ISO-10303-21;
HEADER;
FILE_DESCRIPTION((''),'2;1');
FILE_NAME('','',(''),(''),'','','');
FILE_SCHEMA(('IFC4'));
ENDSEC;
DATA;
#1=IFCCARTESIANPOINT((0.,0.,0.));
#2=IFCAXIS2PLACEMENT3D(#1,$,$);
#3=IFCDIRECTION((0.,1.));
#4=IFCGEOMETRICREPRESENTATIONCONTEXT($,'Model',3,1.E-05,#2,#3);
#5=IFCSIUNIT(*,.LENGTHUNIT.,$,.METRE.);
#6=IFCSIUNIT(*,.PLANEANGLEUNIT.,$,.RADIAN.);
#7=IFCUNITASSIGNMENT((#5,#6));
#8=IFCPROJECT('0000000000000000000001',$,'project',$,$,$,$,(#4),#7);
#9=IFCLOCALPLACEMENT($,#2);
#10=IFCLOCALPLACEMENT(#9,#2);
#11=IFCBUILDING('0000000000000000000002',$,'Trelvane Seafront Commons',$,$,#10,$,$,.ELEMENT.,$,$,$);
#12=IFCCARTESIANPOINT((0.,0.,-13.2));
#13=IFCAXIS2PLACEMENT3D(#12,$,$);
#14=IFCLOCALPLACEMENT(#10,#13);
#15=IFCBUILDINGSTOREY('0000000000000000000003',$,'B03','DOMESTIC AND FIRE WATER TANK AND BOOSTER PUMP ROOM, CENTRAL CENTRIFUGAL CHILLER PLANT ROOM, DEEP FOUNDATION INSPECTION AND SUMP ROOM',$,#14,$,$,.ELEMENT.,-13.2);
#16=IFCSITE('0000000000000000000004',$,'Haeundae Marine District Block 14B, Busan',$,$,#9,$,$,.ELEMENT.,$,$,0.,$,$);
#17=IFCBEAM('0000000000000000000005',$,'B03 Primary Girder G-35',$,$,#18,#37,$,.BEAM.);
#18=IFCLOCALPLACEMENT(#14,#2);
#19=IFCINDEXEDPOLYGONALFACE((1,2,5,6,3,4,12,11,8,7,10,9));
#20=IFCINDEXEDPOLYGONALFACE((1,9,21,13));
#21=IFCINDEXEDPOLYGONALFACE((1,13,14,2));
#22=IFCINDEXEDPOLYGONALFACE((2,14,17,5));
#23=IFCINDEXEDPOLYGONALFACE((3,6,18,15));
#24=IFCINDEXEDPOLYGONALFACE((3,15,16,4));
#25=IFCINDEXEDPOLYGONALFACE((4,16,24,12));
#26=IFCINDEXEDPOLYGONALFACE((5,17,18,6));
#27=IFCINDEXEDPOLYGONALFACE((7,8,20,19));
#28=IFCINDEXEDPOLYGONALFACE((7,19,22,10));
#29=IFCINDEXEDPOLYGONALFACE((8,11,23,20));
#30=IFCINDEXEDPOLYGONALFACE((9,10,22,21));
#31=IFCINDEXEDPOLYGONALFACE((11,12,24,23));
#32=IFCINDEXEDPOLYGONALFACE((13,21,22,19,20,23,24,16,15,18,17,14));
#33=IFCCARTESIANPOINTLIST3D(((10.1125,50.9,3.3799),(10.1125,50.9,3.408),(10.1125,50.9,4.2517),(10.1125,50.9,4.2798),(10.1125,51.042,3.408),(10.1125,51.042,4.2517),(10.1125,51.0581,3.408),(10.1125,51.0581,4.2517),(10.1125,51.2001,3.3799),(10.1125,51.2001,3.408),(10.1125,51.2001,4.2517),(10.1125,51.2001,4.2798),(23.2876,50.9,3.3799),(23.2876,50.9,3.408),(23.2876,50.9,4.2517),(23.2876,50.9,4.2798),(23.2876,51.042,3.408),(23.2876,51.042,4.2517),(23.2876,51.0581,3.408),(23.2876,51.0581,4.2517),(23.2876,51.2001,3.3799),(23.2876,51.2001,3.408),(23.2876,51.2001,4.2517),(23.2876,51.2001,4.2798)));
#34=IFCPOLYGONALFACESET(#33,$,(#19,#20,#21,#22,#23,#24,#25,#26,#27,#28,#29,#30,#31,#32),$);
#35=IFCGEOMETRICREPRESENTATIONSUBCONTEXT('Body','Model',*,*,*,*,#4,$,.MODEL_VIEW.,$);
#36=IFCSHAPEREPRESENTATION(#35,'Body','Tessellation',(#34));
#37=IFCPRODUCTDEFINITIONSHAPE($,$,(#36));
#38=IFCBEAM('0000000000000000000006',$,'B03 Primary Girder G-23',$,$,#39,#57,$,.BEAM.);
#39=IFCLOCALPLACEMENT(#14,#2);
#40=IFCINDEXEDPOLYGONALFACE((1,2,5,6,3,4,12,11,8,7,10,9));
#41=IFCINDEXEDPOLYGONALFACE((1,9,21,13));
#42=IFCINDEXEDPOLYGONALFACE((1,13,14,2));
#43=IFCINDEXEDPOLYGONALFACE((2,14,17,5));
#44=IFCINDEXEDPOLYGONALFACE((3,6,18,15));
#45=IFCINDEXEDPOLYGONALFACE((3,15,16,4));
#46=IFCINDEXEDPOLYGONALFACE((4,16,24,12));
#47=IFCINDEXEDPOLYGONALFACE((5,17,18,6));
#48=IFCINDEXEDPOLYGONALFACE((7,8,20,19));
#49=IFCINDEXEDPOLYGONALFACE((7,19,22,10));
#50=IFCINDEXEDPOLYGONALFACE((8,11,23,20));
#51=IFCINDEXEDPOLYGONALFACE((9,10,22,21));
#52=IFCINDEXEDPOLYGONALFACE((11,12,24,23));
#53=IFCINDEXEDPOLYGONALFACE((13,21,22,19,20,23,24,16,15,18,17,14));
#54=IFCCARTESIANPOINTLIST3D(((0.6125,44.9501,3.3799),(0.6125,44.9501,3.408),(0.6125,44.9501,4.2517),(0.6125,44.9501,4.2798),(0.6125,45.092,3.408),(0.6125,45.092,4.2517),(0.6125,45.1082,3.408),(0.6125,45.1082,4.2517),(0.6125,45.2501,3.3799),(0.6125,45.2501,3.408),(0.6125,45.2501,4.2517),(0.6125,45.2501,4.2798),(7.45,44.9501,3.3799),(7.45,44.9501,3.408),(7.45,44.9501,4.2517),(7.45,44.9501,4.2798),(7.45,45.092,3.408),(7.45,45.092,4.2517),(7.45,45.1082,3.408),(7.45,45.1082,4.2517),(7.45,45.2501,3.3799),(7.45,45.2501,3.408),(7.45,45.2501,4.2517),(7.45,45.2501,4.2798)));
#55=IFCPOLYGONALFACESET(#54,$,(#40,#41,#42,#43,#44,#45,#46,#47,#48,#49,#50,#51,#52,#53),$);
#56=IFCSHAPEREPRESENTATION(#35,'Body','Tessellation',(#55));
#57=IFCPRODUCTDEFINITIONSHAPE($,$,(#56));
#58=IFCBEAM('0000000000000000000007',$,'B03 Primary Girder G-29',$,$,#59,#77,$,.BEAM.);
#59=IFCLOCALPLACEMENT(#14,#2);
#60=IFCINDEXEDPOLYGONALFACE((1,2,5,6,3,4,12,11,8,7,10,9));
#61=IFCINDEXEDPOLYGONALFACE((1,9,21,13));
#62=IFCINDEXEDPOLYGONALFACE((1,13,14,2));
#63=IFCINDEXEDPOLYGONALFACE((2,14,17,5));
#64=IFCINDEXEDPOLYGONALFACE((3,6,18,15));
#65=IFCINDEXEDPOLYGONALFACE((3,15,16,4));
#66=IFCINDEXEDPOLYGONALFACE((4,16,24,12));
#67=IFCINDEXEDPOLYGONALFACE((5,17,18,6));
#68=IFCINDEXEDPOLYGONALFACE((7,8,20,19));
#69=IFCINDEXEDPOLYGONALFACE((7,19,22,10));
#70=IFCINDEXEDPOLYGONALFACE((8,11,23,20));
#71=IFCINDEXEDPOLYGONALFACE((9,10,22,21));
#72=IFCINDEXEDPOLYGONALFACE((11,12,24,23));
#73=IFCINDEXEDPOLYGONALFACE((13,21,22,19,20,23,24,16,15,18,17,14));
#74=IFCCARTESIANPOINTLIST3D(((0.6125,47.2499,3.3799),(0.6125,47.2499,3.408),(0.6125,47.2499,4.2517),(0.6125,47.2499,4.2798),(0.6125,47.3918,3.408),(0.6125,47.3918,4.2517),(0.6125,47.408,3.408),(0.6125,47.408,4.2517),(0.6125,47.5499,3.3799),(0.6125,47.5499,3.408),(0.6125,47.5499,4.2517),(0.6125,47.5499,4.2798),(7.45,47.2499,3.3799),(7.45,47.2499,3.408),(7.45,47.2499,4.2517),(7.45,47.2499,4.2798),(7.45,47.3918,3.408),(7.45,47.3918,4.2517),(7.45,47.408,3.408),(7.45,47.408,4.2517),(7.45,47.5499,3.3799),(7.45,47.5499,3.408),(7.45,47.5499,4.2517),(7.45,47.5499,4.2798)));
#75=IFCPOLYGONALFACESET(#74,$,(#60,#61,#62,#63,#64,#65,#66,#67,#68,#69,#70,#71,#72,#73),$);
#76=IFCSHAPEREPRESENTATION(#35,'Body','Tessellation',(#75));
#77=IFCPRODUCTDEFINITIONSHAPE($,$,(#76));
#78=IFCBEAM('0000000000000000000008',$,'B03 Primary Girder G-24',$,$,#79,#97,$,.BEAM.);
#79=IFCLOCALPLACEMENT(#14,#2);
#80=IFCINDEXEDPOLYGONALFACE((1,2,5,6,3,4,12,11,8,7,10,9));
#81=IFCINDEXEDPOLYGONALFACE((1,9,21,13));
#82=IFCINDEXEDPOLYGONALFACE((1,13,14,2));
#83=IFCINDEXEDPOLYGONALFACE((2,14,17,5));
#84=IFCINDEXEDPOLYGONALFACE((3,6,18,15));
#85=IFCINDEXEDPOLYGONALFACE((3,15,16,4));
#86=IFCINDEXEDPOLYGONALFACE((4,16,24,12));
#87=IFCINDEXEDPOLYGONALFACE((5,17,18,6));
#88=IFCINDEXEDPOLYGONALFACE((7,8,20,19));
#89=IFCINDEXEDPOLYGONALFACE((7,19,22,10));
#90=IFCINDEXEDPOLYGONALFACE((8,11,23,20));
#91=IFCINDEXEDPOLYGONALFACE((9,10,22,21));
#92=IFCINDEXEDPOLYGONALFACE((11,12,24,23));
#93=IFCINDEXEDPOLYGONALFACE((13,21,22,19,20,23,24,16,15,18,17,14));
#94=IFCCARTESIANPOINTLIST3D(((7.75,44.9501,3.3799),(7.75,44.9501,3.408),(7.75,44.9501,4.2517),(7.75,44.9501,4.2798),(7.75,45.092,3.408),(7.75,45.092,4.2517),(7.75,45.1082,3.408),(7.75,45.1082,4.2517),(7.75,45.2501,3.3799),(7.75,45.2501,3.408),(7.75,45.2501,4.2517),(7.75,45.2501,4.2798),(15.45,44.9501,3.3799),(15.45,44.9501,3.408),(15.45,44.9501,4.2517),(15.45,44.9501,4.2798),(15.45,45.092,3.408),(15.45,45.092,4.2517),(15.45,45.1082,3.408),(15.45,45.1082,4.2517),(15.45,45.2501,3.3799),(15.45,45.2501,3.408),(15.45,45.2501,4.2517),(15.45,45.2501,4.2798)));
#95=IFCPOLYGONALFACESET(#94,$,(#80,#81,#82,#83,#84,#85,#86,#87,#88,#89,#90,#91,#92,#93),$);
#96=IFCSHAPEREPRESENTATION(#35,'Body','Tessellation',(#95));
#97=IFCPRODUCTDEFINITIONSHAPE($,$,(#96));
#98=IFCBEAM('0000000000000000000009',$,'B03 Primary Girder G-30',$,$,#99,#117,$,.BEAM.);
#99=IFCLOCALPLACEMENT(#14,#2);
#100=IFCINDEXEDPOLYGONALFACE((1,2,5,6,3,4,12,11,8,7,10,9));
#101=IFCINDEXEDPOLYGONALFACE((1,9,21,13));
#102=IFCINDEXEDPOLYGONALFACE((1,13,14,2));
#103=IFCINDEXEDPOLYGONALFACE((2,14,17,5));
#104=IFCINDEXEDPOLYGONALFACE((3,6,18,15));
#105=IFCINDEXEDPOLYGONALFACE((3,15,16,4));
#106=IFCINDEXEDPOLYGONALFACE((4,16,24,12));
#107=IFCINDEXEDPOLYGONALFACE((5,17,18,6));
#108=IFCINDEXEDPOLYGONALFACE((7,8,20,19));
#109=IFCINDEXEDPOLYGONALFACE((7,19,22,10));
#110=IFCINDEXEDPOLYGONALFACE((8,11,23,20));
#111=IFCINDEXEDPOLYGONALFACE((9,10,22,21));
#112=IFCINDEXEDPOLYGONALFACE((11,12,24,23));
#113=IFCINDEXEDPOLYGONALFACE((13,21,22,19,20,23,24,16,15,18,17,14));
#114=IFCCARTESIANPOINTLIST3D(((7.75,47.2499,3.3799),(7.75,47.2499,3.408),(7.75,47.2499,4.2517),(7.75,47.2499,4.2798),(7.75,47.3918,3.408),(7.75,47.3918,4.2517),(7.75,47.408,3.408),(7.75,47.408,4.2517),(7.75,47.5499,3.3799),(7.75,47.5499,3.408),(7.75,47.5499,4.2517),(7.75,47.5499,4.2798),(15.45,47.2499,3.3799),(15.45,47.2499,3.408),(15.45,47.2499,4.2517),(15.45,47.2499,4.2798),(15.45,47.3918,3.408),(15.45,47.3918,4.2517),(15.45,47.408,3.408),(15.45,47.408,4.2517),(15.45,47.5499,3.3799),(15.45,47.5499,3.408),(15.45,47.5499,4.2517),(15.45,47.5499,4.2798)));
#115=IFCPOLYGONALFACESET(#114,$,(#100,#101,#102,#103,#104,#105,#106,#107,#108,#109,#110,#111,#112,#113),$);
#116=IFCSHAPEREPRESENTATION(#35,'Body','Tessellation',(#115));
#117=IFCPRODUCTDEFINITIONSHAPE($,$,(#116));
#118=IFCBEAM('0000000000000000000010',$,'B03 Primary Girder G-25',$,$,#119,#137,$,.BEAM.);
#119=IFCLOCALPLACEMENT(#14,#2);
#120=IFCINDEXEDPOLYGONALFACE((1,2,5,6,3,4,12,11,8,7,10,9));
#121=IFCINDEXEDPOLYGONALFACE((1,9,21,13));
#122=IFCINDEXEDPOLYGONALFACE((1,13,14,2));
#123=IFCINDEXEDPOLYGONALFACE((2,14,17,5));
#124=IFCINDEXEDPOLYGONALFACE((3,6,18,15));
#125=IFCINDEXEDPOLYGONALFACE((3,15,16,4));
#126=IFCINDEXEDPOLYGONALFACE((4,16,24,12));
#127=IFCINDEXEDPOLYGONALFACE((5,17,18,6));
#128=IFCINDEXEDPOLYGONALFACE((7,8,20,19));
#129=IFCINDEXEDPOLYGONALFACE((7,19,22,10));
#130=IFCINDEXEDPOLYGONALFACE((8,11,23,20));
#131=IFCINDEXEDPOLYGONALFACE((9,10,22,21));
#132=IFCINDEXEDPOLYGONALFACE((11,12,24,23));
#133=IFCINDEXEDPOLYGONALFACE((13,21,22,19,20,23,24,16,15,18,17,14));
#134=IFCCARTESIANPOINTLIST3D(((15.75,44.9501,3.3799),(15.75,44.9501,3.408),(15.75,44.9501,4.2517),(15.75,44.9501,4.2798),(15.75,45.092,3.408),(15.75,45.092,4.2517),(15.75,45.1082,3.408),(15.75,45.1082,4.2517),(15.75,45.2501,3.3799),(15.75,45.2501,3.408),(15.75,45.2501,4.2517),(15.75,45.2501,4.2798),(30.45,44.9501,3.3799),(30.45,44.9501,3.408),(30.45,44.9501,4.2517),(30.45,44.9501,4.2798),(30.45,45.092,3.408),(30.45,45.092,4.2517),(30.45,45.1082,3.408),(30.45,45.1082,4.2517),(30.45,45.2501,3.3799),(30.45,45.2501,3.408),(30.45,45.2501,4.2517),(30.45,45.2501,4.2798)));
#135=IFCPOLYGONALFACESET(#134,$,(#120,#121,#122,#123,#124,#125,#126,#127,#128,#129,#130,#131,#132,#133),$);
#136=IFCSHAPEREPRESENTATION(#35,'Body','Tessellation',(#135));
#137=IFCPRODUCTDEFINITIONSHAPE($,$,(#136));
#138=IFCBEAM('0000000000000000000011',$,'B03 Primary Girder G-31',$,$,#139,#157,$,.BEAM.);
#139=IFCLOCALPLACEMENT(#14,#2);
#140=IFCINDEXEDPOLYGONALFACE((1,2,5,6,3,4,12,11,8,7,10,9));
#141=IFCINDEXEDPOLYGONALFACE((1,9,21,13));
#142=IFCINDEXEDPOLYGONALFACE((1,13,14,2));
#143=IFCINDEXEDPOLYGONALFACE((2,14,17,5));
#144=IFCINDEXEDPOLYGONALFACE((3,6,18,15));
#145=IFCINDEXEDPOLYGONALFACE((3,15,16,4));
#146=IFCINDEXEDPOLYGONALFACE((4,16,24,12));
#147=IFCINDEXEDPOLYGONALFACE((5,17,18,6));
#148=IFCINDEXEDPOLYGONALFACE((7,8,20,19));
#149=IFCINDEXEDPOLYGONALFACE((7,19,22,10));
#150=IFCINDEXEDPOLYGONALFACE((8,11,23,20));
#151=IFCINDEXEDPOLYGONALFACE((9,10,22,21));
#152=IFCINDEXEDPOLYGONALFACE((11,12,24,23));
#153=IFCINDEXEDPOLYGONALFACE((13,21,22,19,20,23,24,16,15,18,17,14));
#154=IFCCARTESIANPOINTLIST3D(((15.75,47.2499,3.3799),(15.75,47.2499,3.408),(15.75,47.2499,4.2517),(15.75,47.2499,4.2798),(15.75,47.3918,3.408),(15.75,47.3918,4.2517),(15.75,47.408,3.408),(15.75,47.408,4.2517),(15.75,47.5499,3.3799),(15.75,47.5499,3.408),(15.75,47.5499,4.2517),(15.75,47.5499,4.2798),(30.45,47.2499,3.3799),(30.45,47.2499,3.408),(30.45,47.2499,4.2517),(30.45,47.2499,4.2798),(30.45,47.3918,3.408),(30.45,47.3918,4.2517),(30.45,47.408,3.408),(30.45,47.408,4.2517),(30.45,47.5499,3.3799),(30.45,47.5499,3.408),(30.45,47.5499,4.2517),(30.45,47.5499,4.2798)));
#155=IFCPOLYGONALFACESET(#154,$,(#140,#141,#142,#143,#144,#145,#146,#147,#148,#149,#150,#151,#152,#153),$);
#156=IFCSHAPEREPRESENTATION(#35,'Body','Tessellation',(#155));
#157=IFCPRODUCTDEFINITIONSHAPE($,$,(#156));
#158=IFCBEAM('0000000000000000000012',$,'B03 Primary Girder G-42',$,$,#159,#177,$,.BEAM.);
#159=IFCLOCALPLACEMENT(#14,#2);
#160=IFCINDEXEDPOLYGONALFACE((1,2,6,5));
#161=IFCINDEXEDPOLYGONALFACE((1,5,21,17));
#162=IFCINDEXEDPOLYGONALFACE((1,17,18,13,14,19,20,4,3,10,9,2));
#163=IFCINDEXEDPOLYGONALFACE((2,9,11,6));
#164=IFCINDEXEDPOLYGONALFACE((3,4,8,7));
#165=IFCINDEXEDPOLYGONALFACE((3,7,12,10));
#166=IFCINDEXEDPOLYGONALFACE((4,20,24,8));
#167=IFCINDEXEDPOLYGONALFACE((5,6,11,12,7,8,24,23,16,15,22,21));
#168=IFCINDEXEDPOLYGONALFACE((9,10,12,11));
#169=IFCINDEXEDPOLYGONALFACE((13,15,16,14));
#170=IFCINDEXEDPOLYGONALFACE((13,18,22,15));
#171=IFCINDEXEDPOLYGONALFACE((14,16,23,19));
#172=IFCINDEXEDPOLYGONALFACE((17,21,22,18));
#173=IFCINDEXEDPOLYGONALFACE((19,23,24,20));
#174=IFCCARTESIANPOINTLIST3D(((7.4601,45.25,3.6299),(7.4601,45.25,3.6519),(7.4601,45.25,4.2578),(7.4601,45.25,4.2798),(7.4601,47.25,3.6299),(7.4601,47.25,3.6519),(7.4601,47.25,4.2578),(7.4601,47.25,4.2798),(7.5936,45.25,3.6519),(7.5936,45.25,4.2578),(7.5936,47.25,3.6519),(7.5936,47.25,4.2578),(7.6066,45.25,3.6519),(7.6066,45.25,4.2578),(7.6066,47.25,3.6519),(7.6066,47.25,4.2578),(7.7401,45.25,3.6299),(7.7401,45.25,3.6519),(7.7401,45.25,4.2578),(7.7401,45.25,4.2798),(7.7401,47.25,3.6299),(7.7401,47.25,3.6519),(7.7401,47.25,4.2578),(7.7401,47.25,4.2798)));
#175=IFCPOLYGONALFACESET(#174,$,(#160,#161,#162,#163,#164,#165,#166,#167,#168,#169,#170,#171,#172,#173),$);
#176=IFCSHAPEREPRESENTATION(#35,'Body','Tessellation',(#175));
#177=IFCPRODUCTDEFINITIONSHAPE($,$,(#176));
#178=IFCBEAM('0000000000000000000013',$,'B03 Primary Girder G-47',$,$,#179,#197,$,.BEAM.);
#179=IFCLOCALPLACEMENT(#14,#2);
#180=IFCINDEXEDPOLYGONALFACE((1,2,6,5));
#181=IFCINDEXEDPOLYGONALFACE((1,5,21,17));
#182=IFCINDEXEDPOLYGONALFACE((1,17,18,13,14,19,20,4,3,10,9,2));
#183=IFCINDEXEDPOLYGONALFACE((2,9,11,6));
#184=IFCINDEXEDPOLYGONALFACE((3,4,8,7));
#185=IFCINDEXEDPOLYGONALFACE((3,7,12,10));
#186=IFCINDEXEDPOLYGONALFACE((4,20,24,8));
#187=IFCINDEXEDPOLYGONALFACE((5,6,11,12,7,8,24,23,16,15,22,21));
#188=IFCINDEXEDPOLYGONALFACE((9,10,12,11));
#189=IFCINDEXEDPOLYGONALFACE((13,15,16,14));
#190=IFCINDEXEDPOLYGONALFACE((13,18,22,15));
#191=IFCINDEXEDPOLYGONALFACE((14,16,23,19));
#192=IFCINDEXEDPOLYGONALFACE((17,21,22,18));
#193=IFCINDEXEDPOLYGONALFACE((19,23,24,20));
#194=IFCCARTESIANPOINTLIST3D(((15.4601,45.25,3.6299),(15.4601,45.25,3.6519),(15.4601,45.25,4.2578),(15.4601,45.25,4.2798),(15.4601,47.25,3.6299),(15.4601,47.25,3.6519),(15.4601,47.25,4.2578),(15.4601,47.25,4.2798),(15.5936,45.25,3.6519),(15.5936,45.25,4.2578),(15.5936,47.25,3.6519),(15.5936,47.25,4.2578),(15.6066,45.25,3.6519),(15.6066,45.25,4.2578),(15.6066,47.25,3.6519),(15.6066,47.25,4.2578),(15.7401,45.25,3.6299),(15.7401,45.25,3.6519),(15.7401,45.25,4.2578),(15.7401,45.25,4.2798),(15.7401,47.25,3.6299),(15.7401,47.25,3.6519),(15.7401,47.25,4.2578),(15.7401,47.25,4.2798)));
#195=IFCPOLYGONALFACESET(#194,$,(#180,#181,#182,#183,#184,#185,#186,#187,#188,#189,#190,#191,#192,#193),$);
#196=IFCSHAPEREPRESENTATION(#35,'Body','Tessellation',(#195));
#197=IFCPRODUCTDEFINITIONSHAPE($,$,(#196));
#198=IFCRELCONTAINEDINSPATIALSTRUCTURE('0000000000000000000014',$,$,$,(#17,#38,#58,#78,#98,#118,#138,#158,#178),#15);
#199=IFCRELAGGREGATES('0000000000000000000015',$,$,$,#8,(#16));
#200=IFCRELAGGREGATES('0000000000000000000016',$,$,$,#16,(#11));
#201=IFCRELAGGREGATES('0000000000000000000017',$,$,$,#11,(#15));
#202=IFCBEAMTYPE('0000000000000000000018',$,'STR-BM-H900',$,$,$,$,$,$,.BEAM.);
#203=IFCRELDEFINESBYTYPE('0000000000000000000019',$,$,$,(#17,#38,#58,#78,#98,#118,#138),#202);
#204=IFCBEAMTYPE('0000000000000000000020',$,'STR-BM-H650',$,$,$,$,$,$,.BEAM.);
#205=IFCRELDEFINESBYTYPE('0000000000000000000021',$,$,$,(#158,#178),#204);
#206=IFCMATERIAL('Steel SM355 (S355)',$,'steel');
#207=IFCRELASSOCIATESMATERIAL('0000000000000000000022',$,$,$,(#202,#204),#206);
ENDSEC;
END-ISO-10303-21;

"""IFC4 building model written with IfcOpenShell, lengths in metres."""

from ifc_helpers import new_model, si_unit, direction, frame, origin, origin_2d, place, context, subcontext, project, spatial, i_section, extrude, source, transform, mapped, material, material_profile, profile_set, type_object, element, save


model = new_model("IFC4")

# Units and contexts
model_context = context("Model", 3, precision=1e-05, world=origin(), true_north=direction((0.0, 1.0)))
body_context = subcontext(model_context, "Body", "Model", "MODEL_VIEW")
ifc_project = project(units=[si_unit("LENGTHUNIT", "METRE"), si_unit("PLANEANGLEUNIT", "RADIAN")], contexts=[model_context])

# Site, building, storey
site_placement = place(None, origin())
site = spatial("IfcSite", under=ifc_project, at=site_placement, Name="Haeundae Marine District Block 14B, Busan", CompositionType="ELEMENT", RefElevation=0.0)
building_placement = place(site_placement, origin())
building = spatial("IfcBuilding", under=site, at=building_placement, Name="Trelvane Seafront Commons", CompositionType="ELEMENT")
storey_placement = place(building_placement, frame((0.0, 0.0, -13.2)))
storey = spatial("IfcBuildingStorey", under=building, at=storey_placement, Name="B03", Description="DOMESTIC AND FIRE WATER TANK AND BOOSTER PUMP ROOM, CENTRAL CENTRIFUGAL CHILLER PLANT ROOM, DEEP FOUNDATION INSPECTION AND SUMP ROOM", CompositionType="ELEMENT", Elevation=-13.2)

# Beams
ifc_material_1 = material(Name="Steel SM355 (S355)", Category="steel")
ifc_material_profile_1 = material_profile(ifc_material_1, i_section(OverallWidth=0.3, OverallDepth=0.8999, WebThickness=0.0161, FlangeThickness=0.0281, at=origin_2d()), Name="H-900x300x16x28")
ifc_profile_set_1 = profile_set([ifc_material_profile_1], Name="Steel SM355 (S355)")
beam_type_1 = type_object("IfcBeamType", Name="STR-BM-H900", PredefinedType="BEAM", material=ifc_profile_set_1)
shared_shape_1 = source(origin(), body_context, "Body", "SweptSolid", [
    extrude(i_section(OverallWidth=0.3, OverallDepth=0.8999, WebThickness=0.0161, FlangeThickness=0.0281, at=origin_2d()), origin(), (0.0, 0.0, 1.0), 13.175),
])
beam_placement = place(storey_placement, frame((10.1125, 51.05, 3.8298), z_axis=(1.0, 0.0, 0.0), x_axis=(0.0, 1.0, 0.0)))
element("IfcBeam", 1, at=beam_placement, inside=storey, type_object=beam_type_1, Name="B03 Primary Girder G-35", PredefinedType="BEAM", context=body_context, shape_type="MappedRepresentation", body=[
    mapped(shared_shape_1, transform((0.0, 0.0, 0.0), x_axis=(1.0, 0.0, 0.0), y_axis=(0.0, 1.0, 0.0), z_axis=(0.0, 0.0, 1.0), scale=1.0)),
])
shared_shape_2 = source(origin(), body_context, "Body", "SweptSolid", [
    extrude(i_section(OverallWidth=0.3, OverallDepth=0.8999, WebThickness=0.0161, FlangeThickness=0.0281, at=origin_2d()), origin(), (0.0, 0.0, 1.0), 6.8374),
])
for number, where, z_axis, x_axis, name in (
    (2, (0.6125, 45.1001, 3.8298), (1.0, 0.0, 0.0), (0.0, 1.0, 0.0), "B03 Primary Girder G-23"),
    (3, (0.6125, 47.3999, 3.8298), (1.0, 0.0, 0.0), (0.0, 1.0, 0.0), "B03 Primary Girder G-29"),
):
    element("IfcBeam", number, at=place(storey_placement, frame(where, z_axis=z_axis, x_axis=x_axis)), inside=storey, type_object=beam_type_1, Name=name, PredefinedType="BEAM", context=body_context, shape_type="MappedRepresentation", body=[
        mapped(shared_shape_2, transform((0.0, 0.0, 0.0), x_axis=(1.0, 0.0, 0.0), y_axis=(0.0, 1.0, 0.0), z_axis=(0.0, 0.0, 1.0), scale=1.0)),
    ])
shared_shape_3 = source(origin(), body_context, "Body", "SweptSolid", [
    extrude(i_section(OverallWidth=0.3, OverallDepth=0.8999, WebThickness=0.0161, FlangeThickness=0.0281, at=origin_2d()), origin(), (0.0, 0.0, 1.0), 7.7),
])
for number, where, z_axis, x_axis, name in (
    (4, (7.75, 45.1001, 3.8298), (1.0, 0.0, 0.0), (0.0, 1.0, 0.0), "B03 Primary Girder G-24"),
    (5, (7.75, 47.3999, 3.8298), (1.0, 0.0, 0.0), (0.0, 1.0, 0.0), "B03 Primary Girder G-30"),
):
    element("IfcBeam", number, at=place(storey_placement, frame(where, z_axis=z_axis, x_axis=x_axis)), inside=storey, type_object=beam_type_1, Name=name, PredefinedType="BEAM", context=body_context, shape_type="MappedRepresentation", body=[
        mapped(shared_shape_3, transform((0.0, 0.0, 0.0), x_axis=(1.0, 0.0, 0.0), y_axis=(0.0, 1.0, 0.0), z_axis=(0.0, 0.0, 1.0), scale=1.0)),
    ])
shared_shape_4 = source(origin(), body_context, "Body", "SweptSolid", [
    extrude(i_section(OverallWidth=0.3, OverallDepth=0.8999, WebThickness=0.0161, FlangeThickness=0.0281, at=origin_2d()), origin(), (0.0, 0.0, 1.0), 14.7),
])
for number, where, z_axis, x_axis, name in (
    (6, (15.75, 45.1001, 3.8298), (1.0, 0.0, 0.0), (0.0, 1.0, 0.0), "B03 Primary Girder G-25"),
    (7, (15.75, 47.3999, 3.8298), (1.0, 0.0, 0.0), (0.0, 1.0, 0.0), "B03 Primary Girder G-31"),
):
    element("IfcBeam", number, at=place(storey_placement, frame(where, z_axis=z_axis, x_axis=x_axis)), inside=storey, type_object=beam_type_1, Name=name, PredefinedType="BEAM", context=body_context, shape_type="MappedRepresentation", body=[
        mapped(shared_shape_4, transform((0.0, 0.0, 0.0), x_axis=(1.0, 0.0, 0.0), y_axis=(0.0, 1.0, 0.0), z_axis=(0.0, 0.0, 1.0), scale=1.0)),
    ])
ifc_material_profile_2 = material_profile(ifc_material_1, i_section(OverallWidth=0.28, OverallDepth=0.6499, WebThickness=0.0129, FlangeThickness=0.022, at=origin_2d()), Name="H-650x280x13x22")
ifc_profile_set_2 = profile_set([ifc_material_profile_2], Name="Steel SM355 (S355)")
beam_type_2 = type_object("IfcBeamType", Name="STR-BM-H650", PredefinedType="BEAM", material=ifc_profile_set_2)
shared_shape_5 = source(origin(), body_context, "Body", "SweptSolid", [
    extrude(i_section(OverallWidth=0.28, OverallDepth=0.6499, WebThickness=0.0129, FlangeThickness=0.022, at=origin_2d()), origin(), (0.0, 0.0, 1.0), 2.0),
])
for number, where, z_axis, x_axis, name in (
    (8, (7.6001, 45.25, 3.9548), (0.0, 1.0, 0.0), (-1.0, 0.0, 0.0), "B03 Primary Girder G-42"),
    (9, (15.6001, 45.25, 3.9548), (0.0, 1.0, 0.0), (-1.0, 0.0, 0.0), "B03 Primary Girder G-47"),
):
    element("IfcBeam", number, at=place(storey_placement, frame(where, z_axis=z_axis, x_axis=x_axis)), inside=storey, type_object=beam_type_2, Name=name, PredefinedType="BEAM", context=body_context, shape_type="MappedRepresentation", body=[
        mapped(shared_shape_5, transform((0.0, 0.0, 0.0), x_axis=(1.0, 0.0, 0.0), y_axis=(0.0, 1.0, 0.0), z_axis=(0.0, 0.0, 1.0), scale=1.0)),
    ])

save(model, "model.ifc")
